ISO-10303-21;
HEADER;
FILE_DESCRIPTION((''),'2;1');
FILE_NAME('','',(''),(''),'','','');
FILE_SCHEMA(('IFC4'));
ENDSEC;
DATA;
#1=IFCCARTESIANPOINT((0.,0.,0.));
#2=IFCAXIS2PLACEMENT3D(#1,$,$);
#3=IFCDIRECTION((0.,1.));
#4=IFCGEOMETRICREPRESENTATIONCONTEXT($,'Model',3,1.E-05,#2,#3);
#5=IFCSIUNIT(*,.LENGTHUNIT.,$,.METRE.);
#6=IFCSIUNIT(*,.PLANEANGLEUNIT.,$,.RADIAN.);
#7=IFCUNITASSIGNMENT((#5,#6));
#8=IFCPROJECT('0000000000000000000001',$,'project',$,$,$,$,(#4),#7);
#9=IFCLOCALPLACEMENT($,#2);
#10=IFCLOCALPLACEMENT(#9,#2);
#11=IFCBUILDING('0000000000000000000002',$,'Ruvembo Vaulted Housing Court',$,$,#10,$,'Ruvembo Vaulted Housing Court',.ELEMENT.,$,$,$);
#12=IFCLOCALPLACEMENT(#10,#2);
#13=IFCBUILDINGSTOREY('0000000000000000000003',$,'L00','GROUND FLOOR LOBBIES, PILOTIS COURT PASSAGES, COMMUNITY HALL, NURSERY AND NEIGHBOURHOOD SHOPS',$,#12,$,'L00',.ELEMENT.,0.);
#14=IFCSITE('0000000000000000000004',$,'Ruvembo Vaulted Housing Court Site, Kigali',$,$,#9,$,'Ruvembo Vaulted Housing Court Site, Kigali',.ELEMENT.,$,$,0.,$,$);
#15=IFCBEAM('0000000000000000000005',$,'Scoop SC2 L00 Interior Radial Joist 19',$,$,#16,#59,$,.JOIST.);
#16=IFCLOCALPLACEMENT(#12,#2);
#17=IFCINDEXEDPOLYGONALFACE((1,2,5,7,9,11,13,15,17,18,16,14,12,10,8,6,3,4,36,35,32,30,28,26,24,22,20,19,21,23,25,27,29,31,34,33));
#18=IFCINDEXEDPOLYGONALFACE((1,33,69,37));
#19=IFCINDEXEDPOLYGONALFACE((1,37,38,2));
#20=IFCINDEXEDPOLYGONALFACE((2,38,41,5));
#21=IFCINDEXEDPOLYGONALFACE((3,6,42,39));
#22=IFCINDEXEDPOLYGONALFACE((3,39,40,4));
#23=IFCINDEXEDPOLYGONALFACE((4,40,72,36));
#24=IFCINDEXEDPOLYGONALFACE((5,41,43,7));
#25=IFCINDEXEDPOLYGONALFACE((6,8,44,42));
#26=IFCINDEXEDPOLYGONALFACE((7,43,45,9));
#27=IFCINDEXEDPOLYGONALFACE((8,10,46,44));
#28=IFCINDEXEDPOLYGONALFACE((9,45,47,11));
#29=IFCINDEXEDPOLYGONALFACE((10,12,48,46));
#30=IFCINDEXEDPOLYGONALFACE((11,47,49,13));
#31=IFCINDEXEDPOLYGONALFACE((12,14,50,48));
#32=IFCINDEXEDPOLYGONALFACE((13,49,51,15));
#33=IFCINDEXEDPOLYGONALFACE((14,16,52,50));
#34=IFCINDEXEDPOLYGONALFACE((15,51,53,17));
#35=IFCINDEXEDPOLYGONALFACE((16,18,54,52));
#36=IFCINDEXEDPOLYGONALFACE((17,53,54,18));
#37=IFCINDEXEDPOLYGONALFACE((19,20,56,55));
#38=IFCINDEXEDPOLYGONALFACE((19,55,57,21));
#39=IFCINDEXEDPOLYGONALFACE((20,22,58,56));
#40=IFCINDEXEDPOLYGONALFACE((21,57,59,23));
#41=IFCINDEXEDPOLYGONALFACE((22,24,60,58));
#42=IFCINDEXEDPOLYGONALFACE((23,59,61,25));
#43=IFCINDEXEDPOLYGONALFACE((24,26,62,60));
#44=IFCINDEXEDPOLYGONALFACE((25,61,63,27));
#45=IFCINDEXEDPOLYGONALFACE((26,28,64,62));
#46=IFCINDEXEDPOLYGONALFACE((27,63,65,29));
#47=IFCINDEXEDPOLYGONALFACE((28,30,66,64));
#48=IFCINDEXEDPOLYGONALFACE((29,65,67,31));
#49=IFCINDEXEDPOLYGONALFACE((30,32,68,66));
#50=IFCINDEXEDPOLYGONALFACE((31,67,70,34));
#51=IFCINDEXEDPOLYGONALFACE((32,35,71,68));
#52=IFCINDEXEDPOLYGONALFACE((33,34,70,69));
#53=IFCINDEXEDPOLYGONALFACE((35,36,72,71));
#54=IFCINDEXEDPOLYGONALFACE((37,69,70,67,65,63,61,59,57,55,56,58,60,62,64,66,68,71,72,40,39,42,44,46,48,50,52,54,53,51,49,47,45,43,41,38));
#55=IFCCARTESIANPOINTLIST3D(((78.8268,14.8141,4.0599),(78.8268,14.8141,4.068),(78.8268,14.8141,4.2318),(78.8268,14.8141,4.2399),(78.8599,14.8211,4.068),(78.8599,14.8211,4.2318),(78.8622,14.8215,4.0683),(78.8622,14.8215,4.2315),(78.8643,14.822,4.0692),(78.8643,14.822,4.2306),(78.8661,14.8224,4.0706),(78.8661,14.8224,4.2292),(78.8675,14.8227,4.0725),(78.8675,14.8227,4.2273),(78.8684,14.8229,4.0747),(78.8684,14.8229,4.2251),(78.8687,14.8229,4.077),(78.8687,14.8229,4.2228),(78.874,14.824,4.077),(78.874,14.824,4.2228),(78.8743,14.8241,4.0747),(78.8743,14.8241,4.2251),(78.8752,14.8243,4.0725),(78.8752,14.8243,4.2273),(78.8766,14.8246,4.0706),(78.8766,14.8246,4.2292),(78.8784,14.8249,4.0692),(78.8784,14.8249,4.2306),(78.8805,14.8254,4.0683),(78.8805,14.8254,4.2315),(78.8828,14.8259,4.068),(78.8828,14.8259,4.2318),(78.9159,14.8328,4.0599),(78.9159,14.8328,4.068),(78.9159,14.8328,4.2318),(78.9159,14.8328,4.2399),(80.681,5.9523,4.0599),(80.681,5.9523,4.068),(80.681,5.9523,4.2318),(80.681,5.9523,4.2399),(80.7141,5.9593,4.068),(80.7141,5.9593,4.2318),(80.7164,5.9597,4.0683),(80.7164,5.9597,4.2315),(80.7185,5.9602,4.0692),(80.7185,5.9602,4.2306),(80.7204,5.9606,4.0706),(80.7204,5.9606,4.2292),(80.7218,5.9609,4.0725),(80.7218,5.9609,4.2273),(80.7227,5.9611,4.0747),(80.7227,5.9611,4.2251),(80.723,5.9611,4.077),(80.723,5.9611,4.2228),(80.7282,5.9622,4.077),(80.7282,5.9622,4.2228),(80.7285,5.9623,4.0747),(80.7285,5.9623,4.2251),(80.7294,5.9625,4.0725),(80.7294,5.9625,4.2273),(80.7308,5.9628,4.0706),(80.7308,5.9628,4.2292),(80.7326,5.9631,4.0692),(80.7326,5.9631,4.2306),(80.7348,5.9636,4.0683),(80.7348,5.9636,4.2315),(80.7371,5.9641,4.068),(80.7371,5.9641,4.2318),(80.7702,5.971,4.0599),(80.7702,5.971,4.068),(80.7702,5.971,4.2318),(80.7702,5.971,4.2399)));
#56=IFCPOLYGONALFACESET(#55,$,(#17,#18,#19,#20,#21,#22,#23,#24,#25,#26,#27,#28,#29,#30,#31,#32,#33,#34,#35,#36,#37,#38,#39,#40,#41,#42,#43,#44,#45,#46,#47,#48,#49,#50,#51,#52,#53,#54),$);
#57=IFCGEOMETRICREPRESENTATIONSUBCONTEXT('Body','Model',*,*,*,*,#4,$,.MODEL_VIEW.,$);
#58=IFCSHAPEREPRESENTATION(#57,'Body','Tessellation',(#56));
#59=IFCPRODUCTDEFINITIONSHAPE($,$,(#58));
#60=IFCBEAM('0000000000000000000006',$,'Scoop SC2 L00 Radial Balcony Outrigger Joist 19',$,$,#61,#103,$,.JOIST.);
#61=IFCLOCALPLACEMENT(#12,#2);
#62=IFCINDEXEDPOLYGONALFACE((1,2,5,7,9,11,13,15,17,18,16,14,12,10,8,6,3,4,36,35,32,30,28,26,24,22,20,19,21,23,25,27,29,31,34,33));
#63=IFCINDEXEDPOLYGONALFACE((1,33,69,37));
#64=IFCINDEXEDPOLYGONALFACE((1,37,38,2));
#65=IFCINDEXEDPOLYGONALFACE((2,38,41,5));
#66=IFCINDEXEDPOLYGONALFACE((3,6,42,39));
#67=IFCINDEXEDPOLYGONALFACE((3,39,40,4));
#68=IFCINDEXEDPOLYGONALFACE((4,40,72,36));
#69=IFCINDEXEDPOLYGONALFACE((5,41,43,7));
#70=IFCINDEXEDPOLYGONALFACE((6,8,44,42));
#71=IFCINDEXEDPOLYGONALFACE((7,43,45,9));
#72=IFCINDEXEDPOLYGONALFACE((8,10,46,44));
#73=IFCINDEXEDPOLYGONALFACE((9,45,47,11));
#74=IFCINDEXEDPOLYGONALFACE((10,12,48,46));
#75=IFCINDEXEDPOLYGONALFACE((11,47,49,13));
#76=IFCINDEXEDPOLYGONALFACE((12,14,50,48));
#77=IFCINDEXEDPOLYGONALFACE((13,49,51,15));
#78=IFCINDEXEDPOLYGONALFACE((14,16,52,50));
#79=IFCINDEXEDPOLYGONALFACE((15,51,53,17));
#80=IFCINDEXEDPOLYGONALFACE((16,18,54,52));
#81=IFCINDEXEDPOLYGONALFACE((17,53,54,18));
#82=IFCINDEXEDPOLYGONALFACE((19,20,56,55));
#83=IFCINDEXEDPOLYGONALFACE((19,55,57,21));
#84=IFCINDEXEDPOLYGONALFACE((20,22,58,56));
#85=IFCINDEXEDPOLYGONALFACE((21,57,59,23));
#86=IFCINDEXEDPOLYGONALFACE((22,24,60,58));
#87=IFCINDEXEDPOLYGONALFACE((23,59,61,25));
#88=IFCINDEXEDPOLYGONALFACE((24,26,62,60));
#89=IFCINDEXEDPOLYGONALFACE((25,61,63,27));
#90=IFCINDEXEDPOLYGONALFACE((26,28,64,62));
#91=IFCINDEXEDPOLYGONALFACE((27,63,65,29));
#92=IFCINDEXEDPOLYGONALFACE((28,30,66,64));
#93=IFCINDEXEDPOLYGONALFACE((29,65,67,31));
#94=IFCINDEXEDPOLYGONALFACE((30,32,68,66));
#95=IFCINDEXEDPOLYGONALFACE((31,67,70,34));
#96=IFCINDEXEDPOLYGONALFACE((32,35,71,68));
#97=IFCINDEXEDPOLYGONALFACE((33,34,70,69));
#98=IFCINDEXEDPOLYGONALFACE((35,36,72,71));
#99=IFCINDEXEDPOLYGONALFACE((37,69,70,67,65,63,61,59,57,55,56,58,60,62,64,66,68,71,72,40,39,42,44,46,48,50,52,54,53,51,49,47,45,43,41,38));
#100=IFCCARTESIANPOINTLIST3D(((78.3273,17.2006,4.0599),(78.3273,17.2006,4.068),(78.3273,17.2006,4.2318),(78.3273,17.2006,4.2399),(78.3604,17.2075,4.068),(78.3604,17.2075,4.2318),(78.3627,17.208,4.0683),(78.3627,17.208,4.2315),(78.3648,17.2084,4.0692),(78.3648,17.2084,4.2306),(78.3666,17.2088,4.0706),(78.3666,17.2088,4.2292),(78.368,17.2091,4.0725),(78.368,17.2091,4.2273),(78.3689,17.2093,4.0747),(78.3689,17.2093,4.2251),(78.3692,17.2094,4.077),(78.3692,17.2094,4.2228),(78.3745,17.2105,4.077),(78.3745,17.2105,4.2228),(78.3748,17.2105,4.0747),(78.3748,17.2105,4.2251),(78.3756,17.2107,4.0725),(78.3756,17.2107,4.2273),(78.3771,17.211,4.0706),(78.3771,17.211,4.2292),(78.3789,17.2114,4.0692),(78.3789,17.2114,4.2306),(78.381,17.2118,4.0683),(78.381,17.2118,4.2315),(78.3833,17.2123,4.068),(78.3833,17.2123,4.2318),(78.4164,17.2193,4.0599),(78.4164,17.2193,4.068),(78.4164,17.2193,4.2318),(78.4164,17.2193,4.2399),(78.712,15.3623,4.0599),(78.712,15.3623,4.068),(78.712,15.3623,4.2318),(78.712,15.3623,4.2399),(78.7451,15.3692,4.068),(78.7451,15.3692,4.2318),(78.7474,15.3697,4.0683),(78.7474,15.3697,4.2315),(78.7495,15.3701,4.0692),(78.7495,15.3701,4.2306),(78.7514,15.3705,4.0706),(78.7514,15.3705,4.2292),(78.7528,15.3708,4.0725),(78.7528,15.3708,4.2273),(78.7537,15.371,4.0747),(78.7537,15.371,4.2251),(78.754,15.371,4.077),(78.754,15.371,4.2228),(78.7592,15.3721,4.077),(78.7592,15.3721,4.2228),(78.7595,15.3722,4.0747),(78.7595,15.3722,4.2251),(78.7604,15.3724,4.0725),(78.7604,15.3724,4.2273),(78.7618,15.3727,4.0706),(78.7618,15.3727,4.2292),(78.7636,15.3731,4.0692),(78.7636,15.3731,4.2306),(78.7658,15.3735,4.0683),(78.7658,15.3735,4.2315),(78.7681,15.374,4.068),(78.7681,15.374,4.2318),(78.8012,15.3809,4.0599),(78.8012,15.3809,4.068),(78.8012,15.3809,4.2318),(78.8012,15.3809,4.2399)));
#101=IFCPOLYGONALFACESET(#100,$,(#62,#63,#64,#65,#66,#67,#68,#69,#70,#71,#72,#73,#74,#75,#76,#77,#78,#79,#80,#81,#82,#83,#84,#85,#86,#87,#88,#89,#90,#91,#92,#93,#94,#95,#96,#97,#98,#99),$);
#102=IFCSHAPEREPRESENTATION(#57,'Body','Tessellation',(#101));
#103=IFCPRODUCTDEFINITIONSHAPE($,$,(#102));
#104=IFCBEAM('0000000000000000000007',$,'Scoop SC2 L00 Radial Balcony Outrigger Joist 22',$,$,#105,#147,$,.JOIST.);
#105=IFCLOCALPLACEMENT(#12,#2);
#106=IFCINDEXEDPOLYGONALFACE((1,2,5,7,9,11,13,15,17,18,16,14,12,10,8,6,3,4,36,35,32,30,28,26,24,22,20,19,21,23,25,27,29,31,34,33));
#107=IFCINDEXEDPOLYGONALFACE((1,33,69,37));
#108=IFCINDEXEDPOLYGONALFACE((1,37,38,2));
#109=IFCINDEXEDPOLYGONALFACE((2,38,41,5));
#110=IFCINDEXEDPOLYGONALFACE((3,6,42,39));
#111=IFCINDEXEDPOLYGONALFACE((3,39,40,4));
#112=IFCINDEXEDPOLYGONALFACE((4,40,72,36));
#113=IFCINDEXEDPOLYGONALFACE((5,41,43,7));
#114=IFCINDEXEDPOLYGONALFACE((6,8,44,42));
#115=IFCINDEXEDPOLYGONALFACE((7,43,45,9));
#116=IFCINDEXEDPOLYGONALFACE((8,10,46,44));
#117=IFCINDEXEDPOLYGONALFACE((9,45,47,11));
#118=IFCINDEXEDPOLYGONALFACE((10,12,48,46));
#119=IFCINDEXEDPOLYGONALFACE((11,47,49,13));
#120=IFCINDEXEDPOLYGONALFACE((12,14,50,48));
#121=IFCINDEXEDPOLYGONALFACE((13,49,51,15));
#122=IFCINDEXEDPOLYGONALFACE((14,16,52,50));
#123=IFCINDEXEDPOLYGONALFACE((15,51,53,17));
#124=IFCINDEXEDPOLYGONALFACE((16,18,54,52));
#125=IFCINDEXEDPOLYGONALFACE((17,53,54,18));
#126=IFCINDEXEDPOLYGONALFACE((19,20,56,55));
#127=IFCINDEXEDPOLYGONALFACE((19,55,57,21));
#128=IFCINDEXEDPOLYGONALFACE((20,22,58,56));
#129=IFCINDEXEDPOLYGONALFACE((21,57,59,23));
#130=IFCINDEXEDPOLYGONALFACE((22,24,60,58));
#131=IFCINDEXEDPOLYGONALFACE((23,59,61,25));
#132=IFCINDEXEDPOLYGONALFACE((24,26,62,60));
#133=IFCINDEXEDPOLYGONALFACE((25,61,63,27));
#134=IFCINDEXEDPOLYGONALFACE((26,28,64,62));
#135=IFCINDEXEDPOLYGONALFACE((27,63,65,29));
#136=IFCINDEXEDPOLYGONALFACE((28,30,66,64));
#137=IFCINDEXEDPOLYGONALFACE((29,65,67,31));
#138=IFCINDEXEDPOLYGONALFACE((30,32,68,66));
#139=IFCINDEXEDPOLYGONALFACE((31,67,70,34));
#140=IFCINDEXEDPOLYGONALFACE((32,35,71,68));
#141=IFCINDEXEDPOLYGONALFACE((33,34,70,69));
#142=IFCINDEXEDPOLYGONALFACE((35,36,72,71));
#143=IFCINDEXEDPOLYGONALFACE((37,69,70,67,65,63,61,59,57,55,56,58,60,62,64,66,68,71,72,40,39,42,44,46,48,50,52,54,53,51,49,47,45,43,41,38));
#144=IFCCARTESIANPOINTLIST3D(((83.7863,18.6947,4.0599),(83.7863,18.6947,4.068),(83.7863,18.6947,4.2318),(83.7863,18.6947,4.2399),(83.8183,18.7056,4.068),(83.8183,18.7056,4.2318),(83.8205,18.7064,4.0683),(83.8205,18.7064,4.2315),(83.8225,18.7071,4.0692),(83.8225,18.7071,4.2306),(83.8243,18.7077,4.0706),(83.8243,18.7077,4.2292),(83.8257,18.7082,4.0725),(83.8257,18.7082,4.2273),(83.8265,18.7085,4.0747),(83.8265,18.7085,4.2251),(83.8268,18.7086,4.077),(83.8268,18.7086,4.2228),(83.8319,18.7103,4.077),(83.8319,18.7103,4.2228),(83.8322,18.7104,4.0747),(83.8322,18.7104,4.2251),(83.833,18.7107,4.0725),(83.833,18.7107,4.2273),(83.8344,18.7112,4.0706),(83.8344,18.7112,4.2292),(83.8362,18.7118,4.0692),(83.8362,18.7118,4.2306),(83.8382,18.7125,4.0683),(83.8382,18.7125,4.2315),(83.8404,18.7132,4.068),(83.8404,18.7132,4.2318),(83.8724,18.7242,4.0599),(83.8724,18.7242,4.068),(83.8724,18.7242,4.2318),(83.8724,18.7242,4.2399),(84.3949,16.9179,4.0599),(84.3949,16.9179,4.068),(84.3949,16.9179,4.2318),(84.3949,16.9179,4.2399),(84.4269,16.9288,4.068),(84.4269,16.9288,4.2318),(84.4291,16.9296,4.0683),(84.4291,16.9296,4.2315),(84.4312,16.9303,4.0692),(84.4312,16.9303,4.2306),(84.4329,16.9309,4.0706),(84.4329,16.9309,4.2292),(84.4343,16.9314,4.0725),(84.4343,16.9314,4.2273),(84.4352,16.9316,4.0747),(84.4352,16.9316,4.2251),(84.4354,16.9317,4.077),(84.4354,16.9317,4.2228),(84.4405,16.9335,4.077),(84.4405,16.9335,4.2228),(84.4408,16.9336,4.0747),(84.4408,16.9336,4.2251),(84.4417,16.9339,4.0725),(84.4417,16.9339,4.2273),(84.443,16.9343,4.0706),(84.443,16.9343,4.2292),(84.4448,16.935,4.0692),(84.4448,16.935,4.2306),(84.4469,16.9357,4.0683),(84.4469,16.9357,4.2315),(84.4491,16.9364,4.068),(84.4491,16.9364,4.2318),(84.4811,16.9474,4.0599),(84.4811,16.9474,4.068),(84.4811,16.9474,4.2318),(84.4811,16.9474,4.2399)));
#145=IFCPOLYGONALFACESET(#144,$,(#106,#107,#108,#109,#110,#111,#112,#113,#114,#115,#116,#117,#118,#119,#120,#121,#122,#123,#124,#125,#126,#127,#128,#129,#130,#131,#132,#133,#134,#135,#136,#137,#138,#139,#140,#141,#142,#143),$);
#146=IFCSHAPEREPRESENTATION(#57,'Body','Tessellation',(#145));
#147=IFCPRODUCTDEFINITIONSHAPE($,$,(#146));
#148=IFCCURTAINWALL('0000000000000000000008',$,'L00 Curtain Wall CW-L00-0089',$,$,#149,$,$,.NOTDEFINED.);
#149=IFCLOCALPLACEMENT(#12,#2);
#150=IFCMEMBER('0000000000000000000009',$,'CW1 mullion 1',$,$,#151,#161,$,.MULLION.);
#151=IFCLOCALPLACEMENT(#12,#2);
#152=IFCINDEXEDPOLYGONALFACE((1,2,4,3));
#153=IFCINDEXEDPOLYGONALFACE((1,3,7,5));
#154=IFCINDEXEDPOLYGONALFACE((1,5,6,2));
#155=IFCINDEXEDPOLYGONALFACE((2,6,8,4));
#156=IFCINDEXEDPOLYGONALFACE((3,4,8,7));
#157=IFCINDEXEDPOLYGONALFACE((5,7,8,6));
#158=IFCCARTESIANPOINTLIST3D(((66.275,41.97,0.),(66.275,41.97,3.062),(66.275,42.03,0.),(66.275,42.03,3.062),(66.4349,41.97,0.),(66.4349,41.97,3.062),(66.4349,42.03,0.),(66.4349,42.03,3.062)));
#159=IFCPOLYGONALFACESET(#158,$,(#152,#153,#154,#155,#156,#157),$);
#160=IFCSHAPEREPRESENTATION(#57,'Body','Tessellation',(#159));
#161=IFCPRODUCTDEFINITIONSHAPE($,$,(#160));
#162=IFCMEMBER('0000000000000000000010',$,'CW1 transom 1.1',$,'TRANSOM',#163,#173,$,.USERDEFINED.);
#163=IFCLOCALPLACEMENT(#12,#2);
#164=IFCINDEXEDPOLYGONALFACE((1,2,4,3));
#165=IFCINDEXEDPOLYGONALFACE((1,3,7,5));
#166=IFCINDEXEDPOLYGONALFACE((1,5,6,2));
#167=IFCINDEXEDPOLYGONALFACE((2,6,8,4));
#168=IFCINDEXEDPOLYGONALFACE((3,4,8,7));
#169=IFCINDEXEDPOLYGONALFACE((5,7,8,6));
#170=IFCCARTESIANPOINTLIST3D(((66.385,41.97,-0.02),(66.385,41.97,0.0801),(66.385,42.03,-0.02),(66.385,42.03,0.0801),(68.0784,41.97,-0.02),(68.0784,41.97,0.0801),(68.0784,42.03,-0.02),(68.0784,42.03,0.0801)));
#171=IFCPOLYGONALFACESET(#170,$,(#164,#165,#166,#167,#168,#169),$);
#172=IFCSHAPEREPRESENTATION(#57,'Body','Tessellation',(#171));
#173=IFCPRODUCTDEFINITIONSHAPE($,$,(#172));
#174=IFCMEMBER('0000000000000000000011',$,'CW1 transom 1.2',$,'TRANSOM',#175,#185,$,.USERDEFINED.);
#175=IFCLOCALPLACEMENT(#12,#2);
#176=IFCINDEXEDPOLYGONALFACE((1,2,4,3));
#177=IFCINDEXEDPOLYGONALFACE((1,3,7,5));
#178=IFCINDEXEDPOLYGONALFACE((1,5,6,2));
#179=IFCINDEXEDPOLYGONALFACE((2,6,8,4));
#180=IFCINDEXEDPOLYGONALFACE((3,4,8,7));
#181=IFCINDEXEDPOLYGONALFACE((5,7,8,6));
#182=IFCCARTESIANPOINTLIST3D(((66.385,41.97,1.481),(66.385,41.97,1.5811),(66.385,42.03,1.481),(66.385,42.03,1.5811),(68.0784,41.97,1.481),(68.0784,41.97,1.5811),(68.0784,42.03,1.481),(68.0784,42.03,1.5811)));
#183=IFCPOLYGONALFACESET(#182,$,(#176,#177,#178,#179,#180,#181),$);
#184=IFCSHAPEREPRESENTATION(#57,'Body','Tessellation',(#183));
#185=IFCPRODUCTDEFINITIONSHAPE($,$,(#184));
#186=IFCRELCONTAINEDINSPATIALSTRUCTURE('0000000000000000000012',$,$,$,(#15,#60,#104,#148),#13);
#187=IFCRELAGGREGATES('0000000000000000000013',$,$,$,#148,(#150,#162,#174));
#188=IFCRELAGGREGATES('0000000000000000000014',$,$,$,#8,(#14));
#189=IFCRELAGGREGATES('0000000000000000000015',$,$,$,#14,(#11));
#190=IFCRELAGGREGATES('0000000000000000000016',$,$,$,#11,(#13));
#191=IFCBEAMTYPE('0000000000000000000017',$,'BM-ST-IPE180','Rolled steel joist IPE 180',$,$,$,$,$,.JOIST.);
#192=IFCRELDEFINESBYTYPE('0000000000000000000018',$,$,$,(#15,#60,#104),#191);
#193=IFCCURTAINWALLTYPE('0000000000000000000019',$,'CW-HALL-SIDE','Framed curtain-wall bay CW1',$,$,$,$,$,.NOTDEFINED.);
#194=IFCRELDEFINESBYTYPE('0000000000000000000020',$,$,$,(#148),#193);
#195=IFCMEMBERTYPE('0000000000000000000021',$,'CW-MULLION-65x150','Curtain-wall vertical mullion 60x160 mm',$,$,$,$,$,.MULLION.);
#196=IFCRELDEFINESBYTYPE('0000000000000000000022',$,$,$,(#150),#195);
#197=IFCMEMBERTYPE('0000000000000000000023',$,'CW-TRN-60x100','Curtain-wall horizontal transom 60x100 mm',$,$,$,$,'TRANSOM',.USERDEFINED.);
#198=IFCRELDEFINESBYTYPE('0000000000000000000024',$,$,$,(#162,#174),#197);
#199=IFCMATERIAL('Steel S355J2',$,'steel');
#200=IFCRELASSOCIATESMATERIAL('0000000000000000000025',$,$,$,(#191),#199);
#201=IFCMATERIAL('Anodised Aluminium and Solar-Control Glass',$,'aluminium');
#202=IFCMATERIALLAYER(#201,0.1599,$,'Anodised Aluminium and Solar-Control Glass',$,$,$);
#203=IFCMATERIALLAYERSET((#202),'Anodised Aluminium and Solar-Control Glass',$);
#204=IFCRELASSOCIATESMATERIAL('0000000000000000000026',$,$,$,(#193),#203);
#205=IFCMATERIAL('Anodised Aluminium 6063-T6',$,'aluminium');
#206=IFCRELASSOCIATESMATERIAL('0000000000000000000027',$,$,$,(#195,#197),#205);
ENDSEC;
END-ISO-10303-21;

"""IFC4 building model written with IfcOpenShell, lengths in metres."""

from ifc_helpers import new_model, si_unit, direction, frame, origin, origin_2d, place, context, subcontext, project, spatial, rectangle, i_section, extrude, material, layer, layer_set, material_profile, profile_set, type_object, element, aggregate, save


model = new_model("IFC4")

# Units and contexts
model_context = context("Model", 3, precision=1e-05, world=origin(), true_north=direction((0.0, 1.0)))
body_context = subcontext(model_context, "Body", "Model", "MODEL_VIEW")
ifc_project = project(units=[si_unit("LENGTHUNIT", "METRE"), si_unit("PLANEANGLEUNIT", "RADIAN")], contexts=[model_context])

# Site, building, storey
site_placement = place(None, origin())
site = spatial("IfcSite", under=ifc_project, at=site_placement, Name="Ruvembo Vaulted Housing Court Site, Kigali", LongName="Ruvembo Vaulted Housing Court Site, Kigali", CompositionType="ELEMENT", RefElevation=0.0)
building_placement = place(site_placement, origin())
building = spatial("IfcBuilding", under=site, at=building_placement, Name="Ruvembo Vaulted Housing Court", LongName="Ruvembo Vaulted Housing Court", CompositionType="ELEMENT")
storey_placement = place(building_placement, origin())
storey = spatial("IfcBuildingStorey", under=building, at=storey_placement, Name="L00", Description="GROUND FLOOR LOBBIES, PILOTIS COURT PASSAGES, COMMUNITY HALL, NURSERY AND NEIGHBOURHOOD SHOPS", LongName="L00", CompositionType="ELEMENT", Elevation=0.0)

# Beams
ifc_material_1 = material(Name="Steel S355J2", Category="steel")
ifc_material_profile_1 = material_profile(ifc_material_1, i_section(OverallWidth=0.0911, OverallDepth=0.1799, WebThickness=0.0054, FlangeThickness=0.0081, FilletRadius=0.009, at=origin_2d()), Name="IPE 180")
ifc_profile_set_1 = profile_set([ifc_material_profile_1], Name="Steel S355J2")
beam_type_1 = type_object("IfcBeamType", Name="BM-ST-IPE180", Description="Rolled steel joist IPE 180", PredefinedType="JOIST", material=ifc_profile_set_1)
beam_1_placement = place(storey_placement, frame((80.7256, 5.9617, 4.1499), z_axis=(-0.204805, 0.978803, 0.0), x_axis=(-0.978803, -0.204805, 0.0)))
element("IfcBeam", 1, at=beam_1_placement, inside=storey, type_object=beam_type_1, Name="Scoop SC2 L00 Interior Radial Joist 19", PredefinedType="JOIST", context=body_context, shape_type="SweptSolid", body=[
    extrude(i_section(OverallWidth=0.0911, OverallDepth=0.1799, WebThickness=0.0054, FlangeThickness=0.0081, FilletRadius=0.009, at=origin_2d()), origin(), (0.0, 0.0, 1.0), 9.0537),
])
for number, where, z_axis, x_axis, name in (
    (2, (78.7566, 15.3716, 4.1499), (-0.204857, 0.978792, 0.0), (-0.978792, -0.204857, 0.0), "Scoop SC2 L00 Radial Balcony Outrigger Joist 19"),
    (3, (84.438, 16.9326, 4.1499), (-0.324055, 0.946038, 0.0), (-0.946038, -0.324055, 0.0), "Scoop SC2 L00 Radial Balcony Outrigger Joist 22"),
):
    element("IfcBeam", number, at=place(storey_placement, frame(where, z_axis=z_axis, x_axis=x_axis)), inside=storey, type_object=beam_type_1, Name=name, PredefinedType="JOIST", context=body_context, shape_type="SweptSolid", body=[
        extrude(i_section(OverallWidth=0.0911, OverallDepth=0.1799, WebThickness=0.0054, FlangeThickness=0.0081, FilletRadius=0.009, at=origin_2d()), origin(), (0.0, 0.0, 1.0), 1.8782),
    ])

# Curtain wall, members
ifc_material_2 = material(Name="Anodised Aluminium and Solar-Control Glass", Category="aluminium")
ifc_layer = layer(ifc_material_2, 0.1599, Name="Anodised Aluminium and Solar-Control Glass")
ifc_layer_set = layer_set([ifc_layer], Name="Anodised Aluminium and Solar-Control Glass")
curtain_wall_type = type_object("IfcCurtainWallType", Name="CW-HALL-SIDE", Description="Framed curtain-wall bay CW1", PredefinedType="NOTDEFINED", material=ifc_layer_set)
curtain_wall_placement = place(storey_placement, origin())
curtain_wall = element("IfcCurtainWall", 4, at=curtain_wall_placement, inside=storey, type_object=curtain_wall_type, Name="L00 Curtain Wall CW-L00-0089", PredefinedType="NOTDEFINED")
ifc_material_3 = material(Name="Anodised Aluminium 6063-T6", Category="aluminium")
ifc_material_profile_2 = material_profile(ifc_material_3, rectangle(XDim=0.0601, YDim=0.1599, at=origin_2d()), Name="ALU 60x160")
ifc_profile_set_2 = profile_set([ifc_material_profile_2], Name="Anodised Aluminium 6063-T6")
member_type_1 = type_object("IfcMemberType", Name="CW-MULLION-65x150", Description="Curtain-wall vertical mullion 60x160 mm", PredefinedType="MULLION", material=ifc_profile_set_2)
member_1_placement = place(storey_placement, frame((66.355, 42.0, 0.0), z_axis=(0.0, 0.0, 1.0), x_axis=(0.0, 1.0, 0.0)))
member_1 = element("IfcMember", 5, at=member_1_placement, type_object=member_type_1, Name="CW1 mullion 1", PredefinedType="MULLION", context=body_context, shape_type="SweptSolid", body=[
    extrude(rectangle(XDim=0.0601, YDim=0.1599, at=origin_2d()), origin(), (0.0, 0.0, 1.0), 3.062),
])
ifc_material_profile_3 = material_profile(ifc_material_3, rectangle(XDim=0.0601, YDim=0.1001, at=origin_2d()), Name="ALU 60x100")
ifc_profile_set_3 = profile_set([ifc_material_profile_3], Name="Anodised Aluminium 6063-T6")
member_type_2 = type_object("IfcMemberType", Name="CW-TRN-60x100", Description="Curtain-wall horizontal transom 60x100 mm", ElementType="TRANSOM", PredefinedType="USERDEFINED", material=ifc_profile_set_3)
member_2_placement = place(storey_placement, frame((66.385, 42.0, 0.03), z_axis=(1.0, 0.0, 0.0), x_axis=(0.0, 1.0, 0.0)))
member_2 = element("IfcMember", 6, at=member_2_placement, type_object=member_type_2, Name="CW1 transom 1.1", ObjectType="TRANSOM", PredefinedType="USERDEFINED", context=body_context, shape_type="SweptSolid", body=[
    extrude(rectangle(XDim=0.0601, YDim=0.1001, at=origin_2d()), origin(), (0.0, 0.0, 1.0), 1.6934),
])
member_3_placement = place(storey_placement, frame((66.385, 42.0, 1.531), z_axis=(1.0, 0.0, 0.0), x_axis=(0.0, 1.0, 0.0)))
member_3 = element("IfcMember", 7, at=member_3_placement, type_object=member_type_2, Name="CW1 transom 1.2", ObjectType="TRANSOM", PredefinedType="USERDEFINED", context=body_context, shape_type="SweptSolid", body=[
    extrude(rectangle(XDim=0.0601, YDim=0.1001, at=origin_2d()), origin(), (0.0, 0.0, 1.0), 1.6934),
])
aggregate(curtain_wall, [member_1, member_2, member_3])

save(model, "model.ifc")
